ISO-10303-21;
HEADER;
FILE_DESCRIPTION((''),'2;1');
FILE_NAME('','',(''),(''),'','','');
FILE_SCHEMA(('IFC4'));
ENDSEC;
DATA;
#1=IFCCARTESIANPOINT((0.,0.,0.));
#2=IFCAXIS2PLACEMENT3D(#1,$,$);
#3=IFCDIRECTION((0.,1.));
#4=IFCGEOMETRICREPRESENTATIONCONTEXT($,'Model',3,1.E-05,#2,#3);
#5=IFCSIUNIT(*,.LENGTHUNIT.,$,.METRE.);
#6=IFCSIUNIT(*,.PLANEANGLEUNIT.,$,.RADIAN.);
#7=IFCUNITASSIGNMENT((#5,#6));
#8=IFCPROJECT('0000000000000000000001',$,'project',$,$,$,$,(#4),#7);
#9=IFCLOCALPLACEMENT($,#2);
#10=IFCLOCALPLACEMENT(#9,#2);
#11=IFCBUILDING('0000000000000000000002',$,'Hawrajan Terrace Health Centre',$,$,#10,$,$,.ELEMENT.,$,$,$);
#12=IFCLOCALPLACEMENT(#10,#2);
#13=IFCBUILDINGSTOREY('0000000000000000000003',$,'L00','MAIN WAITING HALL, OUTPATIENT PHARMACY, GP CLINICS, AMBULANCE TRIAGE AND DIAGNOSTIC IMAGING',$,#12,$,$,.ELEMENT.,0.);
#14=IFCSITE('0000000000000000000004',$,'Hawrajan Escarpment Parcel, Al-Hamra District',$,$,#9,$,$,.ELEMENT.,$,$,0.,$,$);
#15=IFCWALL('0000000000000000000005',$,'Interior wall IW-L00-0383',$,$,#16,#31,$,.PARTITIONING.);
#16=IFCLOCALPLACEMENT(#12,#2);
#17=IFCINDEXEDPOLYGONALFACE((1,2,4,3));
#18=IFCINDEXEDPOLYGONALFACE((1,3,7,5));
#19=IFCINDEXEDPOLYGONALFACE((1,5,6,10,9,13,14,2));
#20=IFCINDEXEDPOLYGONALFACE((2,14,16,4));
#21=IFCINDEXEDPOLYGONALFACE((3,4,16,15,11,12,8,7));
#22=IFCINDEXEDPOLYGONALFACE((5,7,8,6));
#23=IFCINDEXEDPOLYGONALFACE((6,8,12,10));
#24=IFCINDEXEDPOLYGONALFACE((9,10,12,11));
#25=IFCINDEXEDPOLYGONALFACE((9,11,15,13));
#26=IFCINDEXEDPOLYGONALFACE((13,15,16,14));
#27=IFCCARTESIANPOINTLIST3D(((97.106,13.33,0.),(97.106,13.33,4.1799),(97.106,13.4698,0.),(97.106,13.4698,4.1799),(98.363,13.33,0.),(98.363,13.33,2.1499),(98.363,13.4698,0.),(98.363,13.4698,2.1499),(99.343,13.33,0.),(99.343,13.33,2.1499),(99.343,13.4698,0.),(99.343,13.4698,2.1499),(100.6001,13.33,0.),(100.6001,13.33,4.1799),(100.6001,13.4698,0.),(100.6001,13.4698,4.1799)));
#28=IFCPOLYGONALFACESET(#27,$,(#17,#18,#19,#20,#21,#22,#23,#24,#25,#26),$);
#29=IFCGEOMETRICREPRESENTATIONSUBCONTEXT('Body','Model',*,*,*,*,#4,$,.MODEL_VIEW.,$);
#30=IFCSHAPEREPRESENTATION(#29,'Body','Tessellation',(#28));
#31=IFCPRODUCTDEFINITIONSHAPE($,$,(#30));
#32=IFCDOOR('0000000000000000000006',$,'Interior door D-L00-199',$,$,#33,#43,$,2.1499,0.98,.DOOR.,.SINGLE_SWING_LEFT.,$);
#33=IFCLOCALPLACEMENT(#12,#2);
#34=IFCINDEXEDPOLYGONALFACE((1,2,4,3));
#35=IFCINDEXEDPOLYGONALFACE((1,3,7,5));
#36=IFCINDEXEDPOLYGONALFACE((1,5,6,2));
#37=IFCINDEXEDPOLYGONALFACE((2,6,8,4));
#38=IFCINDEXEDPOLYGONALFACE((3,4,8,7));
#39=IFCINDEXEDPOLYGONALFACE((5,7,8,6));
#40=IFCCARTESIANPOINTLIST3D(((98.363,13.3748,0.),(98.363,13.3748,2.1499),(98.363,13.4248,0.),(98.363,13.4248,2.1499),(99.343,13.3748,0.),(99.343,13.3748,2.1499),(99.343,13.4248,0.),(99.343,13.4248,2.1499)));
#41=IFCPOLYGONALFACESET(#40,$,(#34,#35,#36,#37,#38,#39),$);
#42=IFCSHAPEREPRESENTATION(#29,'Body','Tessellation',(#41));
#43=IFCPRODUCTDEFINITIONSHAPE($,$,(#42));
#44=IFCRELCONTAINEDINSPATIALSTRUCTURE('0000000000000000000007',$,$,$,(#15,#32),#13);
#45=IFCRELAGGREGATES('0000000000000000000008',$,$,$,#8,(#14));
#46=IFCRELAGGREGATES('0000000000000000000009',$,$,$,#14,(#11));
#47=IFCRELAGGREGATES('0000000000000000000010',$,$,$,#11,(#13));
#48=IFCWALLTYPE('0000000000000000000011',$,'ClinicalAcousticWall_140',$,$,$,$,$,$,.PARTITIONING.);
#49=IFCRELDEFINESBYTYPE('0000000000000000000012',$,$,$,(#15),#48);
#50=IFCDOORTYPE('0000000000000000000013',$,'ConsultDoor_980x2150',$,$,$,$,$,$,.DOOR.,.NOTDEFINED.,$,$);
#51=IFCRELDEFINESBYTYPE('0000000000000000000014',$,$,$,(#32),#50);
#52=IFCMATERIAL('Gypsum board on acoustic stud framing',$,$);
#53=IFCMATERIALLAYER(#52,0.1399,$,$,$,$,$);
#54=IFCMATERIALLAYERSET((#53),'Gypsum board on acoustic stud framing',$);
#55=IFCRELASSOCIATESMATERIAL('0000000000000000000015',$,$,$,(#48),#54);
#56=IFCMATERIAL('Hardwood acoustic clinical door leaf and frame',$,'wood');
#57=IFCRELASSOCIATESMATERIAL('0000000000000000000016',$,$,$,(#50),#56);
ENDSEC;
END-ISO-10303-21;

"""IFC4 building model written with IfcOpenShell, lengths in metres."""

from ifc_helpers import new_model, si_unit, direction, frame, frame_2d, origin, place, context, subcontext, project, spatial, rectangle, extrude, material, layer, layer_set, type_object, element, fill, save


model = new_model("IFC4")

# Units and contexts
model_context = context("Model", 3, precision=1e-05, world=origin(), true_north=direction((0.0, 1.0)))
body_context = subcontext(model_context, "Body", "Model", "MODEL_VIEW")
ifc_project = project(units=[si_unit("LENGTHUNIT", "METRE"), si_unit("PLANEANGLEUNIT", "RADIAN")], contexts=[model_context])

# Site, building, storey
site_placement = place(None, origin())
site = spatial("IfcSite", under=ifc_project, at=site_placement, Name="Hawrajan Escarpment Parcel, Al-Hamra District", CompositionType="ELEMENT", RefElevation=0.0)
building_placement = place(site_placement, origin())
building = spatial("IfcBuilding", under=site, at=building_placement, Name="Hawrajan Terrace Health Centre", CompositionType="ELEMENT")
storey_placement = place(building_placement, origin())
storey = spatial("IfcBuildingStorey", under=building, at=storey_placement, Name="L00", Description="MAIN WAITING HALL, OUTPATIENT PHARMACY, GP CLINICS, AMBULANCE TRIAGE AND DIAGNOSTIC IMAGING", CompositionType="ELEMENT", Elevation=0.0)

# Shared definitions
ifc_material_1 = material(Name="Gypsum board on acoustic stud framing")
ifc_layer_1 = layer(ifc_material_1, 0.1399)
ifc_layer_set_1 = layer_set([ifc_layer_1], Name="Gypsum board on acoustic stud framing")
wall_type = type_object("IfcWallType", Name="ClinicalAcousticWall_140", PredefinedType="PARTITIONING", material=ifc_layer_set_1)

# Wall, opening, door
wall_1_placement = place(storey_placement, frame((97.106, 13.3999, 0.0), z_axis=(0.0, 0.0, 1.0), x_axis=(1.0, 0.0, 0.0)))
wall_1 = element("IfcWall", 1, at=wall_1_placement, inside=storey, type_object=wall_type, Name="Interior wall IW-L00-0383", PredefinedType="PARTITIONING", context=body_context, shape_type="SweptSolid", body=[
    extrude(rectangle(XDim=3.4941, YDim=0.1399, at=frame_2d((1.7471, 0.0))), origin(), (0.0, 0.0, 1.0), 4.1799),
])
opening_placement = place(wall_1_placement, frame((1.2571, 0.0, 0.0)))
opening = element("IfcOpeningElement", 2, at=opening_placement, cuts=wall_1, PredefinedType="OPENING", context=body_context, shape_type="SweptSolid", body=[
    extrude(rectangle(XDim=0.98, YDim=2.1499, at=frame_2d((0.49, 1.075))), frame((0.0, 0.0798, 0.0), z_axis=(0.0, -1.0, 0.0), x_axis=(1.0, 0.0, 0.0)), (0.0, 0.0, 1.0), 0.1599),
])
ifc_material_2 = material(Name="Hardwood acoustic clinical door leaf and frame", Category="wood")
door_type = type_object("IfcDoorType", Name="ConsultDoor_980x2150", OperationType="NOTDEFINED", PredefinedType="DOOR", material=ifc_material_2)
door_placement = place(opening_placement, origin())
door = element("IfcDoor", 3, at=door_placement, inside=storey, type_object=door_type, Name="Interior door D-L00-199", OperationType="SINGLE_SWING_LEFT", OverallHeight=2.1499, OverallWidth=0.98, PredefinedType="DOOR", context=body_context, shape_type="SweptSolid", body=[
    extrude(rectangle(XDim=0.98, YDim=2.1499, at=frame_2d((0.49, 1.075))), frame((0.0, 0.0249, 0.0), z_axis=(0.0, -1.0, 0.0), x_axis=(1.0, 0.0, 0.0)), (0.0, 0.0, 1.0), 0.05),
])
fill(opening, door)

save(model, "model.ifc")
